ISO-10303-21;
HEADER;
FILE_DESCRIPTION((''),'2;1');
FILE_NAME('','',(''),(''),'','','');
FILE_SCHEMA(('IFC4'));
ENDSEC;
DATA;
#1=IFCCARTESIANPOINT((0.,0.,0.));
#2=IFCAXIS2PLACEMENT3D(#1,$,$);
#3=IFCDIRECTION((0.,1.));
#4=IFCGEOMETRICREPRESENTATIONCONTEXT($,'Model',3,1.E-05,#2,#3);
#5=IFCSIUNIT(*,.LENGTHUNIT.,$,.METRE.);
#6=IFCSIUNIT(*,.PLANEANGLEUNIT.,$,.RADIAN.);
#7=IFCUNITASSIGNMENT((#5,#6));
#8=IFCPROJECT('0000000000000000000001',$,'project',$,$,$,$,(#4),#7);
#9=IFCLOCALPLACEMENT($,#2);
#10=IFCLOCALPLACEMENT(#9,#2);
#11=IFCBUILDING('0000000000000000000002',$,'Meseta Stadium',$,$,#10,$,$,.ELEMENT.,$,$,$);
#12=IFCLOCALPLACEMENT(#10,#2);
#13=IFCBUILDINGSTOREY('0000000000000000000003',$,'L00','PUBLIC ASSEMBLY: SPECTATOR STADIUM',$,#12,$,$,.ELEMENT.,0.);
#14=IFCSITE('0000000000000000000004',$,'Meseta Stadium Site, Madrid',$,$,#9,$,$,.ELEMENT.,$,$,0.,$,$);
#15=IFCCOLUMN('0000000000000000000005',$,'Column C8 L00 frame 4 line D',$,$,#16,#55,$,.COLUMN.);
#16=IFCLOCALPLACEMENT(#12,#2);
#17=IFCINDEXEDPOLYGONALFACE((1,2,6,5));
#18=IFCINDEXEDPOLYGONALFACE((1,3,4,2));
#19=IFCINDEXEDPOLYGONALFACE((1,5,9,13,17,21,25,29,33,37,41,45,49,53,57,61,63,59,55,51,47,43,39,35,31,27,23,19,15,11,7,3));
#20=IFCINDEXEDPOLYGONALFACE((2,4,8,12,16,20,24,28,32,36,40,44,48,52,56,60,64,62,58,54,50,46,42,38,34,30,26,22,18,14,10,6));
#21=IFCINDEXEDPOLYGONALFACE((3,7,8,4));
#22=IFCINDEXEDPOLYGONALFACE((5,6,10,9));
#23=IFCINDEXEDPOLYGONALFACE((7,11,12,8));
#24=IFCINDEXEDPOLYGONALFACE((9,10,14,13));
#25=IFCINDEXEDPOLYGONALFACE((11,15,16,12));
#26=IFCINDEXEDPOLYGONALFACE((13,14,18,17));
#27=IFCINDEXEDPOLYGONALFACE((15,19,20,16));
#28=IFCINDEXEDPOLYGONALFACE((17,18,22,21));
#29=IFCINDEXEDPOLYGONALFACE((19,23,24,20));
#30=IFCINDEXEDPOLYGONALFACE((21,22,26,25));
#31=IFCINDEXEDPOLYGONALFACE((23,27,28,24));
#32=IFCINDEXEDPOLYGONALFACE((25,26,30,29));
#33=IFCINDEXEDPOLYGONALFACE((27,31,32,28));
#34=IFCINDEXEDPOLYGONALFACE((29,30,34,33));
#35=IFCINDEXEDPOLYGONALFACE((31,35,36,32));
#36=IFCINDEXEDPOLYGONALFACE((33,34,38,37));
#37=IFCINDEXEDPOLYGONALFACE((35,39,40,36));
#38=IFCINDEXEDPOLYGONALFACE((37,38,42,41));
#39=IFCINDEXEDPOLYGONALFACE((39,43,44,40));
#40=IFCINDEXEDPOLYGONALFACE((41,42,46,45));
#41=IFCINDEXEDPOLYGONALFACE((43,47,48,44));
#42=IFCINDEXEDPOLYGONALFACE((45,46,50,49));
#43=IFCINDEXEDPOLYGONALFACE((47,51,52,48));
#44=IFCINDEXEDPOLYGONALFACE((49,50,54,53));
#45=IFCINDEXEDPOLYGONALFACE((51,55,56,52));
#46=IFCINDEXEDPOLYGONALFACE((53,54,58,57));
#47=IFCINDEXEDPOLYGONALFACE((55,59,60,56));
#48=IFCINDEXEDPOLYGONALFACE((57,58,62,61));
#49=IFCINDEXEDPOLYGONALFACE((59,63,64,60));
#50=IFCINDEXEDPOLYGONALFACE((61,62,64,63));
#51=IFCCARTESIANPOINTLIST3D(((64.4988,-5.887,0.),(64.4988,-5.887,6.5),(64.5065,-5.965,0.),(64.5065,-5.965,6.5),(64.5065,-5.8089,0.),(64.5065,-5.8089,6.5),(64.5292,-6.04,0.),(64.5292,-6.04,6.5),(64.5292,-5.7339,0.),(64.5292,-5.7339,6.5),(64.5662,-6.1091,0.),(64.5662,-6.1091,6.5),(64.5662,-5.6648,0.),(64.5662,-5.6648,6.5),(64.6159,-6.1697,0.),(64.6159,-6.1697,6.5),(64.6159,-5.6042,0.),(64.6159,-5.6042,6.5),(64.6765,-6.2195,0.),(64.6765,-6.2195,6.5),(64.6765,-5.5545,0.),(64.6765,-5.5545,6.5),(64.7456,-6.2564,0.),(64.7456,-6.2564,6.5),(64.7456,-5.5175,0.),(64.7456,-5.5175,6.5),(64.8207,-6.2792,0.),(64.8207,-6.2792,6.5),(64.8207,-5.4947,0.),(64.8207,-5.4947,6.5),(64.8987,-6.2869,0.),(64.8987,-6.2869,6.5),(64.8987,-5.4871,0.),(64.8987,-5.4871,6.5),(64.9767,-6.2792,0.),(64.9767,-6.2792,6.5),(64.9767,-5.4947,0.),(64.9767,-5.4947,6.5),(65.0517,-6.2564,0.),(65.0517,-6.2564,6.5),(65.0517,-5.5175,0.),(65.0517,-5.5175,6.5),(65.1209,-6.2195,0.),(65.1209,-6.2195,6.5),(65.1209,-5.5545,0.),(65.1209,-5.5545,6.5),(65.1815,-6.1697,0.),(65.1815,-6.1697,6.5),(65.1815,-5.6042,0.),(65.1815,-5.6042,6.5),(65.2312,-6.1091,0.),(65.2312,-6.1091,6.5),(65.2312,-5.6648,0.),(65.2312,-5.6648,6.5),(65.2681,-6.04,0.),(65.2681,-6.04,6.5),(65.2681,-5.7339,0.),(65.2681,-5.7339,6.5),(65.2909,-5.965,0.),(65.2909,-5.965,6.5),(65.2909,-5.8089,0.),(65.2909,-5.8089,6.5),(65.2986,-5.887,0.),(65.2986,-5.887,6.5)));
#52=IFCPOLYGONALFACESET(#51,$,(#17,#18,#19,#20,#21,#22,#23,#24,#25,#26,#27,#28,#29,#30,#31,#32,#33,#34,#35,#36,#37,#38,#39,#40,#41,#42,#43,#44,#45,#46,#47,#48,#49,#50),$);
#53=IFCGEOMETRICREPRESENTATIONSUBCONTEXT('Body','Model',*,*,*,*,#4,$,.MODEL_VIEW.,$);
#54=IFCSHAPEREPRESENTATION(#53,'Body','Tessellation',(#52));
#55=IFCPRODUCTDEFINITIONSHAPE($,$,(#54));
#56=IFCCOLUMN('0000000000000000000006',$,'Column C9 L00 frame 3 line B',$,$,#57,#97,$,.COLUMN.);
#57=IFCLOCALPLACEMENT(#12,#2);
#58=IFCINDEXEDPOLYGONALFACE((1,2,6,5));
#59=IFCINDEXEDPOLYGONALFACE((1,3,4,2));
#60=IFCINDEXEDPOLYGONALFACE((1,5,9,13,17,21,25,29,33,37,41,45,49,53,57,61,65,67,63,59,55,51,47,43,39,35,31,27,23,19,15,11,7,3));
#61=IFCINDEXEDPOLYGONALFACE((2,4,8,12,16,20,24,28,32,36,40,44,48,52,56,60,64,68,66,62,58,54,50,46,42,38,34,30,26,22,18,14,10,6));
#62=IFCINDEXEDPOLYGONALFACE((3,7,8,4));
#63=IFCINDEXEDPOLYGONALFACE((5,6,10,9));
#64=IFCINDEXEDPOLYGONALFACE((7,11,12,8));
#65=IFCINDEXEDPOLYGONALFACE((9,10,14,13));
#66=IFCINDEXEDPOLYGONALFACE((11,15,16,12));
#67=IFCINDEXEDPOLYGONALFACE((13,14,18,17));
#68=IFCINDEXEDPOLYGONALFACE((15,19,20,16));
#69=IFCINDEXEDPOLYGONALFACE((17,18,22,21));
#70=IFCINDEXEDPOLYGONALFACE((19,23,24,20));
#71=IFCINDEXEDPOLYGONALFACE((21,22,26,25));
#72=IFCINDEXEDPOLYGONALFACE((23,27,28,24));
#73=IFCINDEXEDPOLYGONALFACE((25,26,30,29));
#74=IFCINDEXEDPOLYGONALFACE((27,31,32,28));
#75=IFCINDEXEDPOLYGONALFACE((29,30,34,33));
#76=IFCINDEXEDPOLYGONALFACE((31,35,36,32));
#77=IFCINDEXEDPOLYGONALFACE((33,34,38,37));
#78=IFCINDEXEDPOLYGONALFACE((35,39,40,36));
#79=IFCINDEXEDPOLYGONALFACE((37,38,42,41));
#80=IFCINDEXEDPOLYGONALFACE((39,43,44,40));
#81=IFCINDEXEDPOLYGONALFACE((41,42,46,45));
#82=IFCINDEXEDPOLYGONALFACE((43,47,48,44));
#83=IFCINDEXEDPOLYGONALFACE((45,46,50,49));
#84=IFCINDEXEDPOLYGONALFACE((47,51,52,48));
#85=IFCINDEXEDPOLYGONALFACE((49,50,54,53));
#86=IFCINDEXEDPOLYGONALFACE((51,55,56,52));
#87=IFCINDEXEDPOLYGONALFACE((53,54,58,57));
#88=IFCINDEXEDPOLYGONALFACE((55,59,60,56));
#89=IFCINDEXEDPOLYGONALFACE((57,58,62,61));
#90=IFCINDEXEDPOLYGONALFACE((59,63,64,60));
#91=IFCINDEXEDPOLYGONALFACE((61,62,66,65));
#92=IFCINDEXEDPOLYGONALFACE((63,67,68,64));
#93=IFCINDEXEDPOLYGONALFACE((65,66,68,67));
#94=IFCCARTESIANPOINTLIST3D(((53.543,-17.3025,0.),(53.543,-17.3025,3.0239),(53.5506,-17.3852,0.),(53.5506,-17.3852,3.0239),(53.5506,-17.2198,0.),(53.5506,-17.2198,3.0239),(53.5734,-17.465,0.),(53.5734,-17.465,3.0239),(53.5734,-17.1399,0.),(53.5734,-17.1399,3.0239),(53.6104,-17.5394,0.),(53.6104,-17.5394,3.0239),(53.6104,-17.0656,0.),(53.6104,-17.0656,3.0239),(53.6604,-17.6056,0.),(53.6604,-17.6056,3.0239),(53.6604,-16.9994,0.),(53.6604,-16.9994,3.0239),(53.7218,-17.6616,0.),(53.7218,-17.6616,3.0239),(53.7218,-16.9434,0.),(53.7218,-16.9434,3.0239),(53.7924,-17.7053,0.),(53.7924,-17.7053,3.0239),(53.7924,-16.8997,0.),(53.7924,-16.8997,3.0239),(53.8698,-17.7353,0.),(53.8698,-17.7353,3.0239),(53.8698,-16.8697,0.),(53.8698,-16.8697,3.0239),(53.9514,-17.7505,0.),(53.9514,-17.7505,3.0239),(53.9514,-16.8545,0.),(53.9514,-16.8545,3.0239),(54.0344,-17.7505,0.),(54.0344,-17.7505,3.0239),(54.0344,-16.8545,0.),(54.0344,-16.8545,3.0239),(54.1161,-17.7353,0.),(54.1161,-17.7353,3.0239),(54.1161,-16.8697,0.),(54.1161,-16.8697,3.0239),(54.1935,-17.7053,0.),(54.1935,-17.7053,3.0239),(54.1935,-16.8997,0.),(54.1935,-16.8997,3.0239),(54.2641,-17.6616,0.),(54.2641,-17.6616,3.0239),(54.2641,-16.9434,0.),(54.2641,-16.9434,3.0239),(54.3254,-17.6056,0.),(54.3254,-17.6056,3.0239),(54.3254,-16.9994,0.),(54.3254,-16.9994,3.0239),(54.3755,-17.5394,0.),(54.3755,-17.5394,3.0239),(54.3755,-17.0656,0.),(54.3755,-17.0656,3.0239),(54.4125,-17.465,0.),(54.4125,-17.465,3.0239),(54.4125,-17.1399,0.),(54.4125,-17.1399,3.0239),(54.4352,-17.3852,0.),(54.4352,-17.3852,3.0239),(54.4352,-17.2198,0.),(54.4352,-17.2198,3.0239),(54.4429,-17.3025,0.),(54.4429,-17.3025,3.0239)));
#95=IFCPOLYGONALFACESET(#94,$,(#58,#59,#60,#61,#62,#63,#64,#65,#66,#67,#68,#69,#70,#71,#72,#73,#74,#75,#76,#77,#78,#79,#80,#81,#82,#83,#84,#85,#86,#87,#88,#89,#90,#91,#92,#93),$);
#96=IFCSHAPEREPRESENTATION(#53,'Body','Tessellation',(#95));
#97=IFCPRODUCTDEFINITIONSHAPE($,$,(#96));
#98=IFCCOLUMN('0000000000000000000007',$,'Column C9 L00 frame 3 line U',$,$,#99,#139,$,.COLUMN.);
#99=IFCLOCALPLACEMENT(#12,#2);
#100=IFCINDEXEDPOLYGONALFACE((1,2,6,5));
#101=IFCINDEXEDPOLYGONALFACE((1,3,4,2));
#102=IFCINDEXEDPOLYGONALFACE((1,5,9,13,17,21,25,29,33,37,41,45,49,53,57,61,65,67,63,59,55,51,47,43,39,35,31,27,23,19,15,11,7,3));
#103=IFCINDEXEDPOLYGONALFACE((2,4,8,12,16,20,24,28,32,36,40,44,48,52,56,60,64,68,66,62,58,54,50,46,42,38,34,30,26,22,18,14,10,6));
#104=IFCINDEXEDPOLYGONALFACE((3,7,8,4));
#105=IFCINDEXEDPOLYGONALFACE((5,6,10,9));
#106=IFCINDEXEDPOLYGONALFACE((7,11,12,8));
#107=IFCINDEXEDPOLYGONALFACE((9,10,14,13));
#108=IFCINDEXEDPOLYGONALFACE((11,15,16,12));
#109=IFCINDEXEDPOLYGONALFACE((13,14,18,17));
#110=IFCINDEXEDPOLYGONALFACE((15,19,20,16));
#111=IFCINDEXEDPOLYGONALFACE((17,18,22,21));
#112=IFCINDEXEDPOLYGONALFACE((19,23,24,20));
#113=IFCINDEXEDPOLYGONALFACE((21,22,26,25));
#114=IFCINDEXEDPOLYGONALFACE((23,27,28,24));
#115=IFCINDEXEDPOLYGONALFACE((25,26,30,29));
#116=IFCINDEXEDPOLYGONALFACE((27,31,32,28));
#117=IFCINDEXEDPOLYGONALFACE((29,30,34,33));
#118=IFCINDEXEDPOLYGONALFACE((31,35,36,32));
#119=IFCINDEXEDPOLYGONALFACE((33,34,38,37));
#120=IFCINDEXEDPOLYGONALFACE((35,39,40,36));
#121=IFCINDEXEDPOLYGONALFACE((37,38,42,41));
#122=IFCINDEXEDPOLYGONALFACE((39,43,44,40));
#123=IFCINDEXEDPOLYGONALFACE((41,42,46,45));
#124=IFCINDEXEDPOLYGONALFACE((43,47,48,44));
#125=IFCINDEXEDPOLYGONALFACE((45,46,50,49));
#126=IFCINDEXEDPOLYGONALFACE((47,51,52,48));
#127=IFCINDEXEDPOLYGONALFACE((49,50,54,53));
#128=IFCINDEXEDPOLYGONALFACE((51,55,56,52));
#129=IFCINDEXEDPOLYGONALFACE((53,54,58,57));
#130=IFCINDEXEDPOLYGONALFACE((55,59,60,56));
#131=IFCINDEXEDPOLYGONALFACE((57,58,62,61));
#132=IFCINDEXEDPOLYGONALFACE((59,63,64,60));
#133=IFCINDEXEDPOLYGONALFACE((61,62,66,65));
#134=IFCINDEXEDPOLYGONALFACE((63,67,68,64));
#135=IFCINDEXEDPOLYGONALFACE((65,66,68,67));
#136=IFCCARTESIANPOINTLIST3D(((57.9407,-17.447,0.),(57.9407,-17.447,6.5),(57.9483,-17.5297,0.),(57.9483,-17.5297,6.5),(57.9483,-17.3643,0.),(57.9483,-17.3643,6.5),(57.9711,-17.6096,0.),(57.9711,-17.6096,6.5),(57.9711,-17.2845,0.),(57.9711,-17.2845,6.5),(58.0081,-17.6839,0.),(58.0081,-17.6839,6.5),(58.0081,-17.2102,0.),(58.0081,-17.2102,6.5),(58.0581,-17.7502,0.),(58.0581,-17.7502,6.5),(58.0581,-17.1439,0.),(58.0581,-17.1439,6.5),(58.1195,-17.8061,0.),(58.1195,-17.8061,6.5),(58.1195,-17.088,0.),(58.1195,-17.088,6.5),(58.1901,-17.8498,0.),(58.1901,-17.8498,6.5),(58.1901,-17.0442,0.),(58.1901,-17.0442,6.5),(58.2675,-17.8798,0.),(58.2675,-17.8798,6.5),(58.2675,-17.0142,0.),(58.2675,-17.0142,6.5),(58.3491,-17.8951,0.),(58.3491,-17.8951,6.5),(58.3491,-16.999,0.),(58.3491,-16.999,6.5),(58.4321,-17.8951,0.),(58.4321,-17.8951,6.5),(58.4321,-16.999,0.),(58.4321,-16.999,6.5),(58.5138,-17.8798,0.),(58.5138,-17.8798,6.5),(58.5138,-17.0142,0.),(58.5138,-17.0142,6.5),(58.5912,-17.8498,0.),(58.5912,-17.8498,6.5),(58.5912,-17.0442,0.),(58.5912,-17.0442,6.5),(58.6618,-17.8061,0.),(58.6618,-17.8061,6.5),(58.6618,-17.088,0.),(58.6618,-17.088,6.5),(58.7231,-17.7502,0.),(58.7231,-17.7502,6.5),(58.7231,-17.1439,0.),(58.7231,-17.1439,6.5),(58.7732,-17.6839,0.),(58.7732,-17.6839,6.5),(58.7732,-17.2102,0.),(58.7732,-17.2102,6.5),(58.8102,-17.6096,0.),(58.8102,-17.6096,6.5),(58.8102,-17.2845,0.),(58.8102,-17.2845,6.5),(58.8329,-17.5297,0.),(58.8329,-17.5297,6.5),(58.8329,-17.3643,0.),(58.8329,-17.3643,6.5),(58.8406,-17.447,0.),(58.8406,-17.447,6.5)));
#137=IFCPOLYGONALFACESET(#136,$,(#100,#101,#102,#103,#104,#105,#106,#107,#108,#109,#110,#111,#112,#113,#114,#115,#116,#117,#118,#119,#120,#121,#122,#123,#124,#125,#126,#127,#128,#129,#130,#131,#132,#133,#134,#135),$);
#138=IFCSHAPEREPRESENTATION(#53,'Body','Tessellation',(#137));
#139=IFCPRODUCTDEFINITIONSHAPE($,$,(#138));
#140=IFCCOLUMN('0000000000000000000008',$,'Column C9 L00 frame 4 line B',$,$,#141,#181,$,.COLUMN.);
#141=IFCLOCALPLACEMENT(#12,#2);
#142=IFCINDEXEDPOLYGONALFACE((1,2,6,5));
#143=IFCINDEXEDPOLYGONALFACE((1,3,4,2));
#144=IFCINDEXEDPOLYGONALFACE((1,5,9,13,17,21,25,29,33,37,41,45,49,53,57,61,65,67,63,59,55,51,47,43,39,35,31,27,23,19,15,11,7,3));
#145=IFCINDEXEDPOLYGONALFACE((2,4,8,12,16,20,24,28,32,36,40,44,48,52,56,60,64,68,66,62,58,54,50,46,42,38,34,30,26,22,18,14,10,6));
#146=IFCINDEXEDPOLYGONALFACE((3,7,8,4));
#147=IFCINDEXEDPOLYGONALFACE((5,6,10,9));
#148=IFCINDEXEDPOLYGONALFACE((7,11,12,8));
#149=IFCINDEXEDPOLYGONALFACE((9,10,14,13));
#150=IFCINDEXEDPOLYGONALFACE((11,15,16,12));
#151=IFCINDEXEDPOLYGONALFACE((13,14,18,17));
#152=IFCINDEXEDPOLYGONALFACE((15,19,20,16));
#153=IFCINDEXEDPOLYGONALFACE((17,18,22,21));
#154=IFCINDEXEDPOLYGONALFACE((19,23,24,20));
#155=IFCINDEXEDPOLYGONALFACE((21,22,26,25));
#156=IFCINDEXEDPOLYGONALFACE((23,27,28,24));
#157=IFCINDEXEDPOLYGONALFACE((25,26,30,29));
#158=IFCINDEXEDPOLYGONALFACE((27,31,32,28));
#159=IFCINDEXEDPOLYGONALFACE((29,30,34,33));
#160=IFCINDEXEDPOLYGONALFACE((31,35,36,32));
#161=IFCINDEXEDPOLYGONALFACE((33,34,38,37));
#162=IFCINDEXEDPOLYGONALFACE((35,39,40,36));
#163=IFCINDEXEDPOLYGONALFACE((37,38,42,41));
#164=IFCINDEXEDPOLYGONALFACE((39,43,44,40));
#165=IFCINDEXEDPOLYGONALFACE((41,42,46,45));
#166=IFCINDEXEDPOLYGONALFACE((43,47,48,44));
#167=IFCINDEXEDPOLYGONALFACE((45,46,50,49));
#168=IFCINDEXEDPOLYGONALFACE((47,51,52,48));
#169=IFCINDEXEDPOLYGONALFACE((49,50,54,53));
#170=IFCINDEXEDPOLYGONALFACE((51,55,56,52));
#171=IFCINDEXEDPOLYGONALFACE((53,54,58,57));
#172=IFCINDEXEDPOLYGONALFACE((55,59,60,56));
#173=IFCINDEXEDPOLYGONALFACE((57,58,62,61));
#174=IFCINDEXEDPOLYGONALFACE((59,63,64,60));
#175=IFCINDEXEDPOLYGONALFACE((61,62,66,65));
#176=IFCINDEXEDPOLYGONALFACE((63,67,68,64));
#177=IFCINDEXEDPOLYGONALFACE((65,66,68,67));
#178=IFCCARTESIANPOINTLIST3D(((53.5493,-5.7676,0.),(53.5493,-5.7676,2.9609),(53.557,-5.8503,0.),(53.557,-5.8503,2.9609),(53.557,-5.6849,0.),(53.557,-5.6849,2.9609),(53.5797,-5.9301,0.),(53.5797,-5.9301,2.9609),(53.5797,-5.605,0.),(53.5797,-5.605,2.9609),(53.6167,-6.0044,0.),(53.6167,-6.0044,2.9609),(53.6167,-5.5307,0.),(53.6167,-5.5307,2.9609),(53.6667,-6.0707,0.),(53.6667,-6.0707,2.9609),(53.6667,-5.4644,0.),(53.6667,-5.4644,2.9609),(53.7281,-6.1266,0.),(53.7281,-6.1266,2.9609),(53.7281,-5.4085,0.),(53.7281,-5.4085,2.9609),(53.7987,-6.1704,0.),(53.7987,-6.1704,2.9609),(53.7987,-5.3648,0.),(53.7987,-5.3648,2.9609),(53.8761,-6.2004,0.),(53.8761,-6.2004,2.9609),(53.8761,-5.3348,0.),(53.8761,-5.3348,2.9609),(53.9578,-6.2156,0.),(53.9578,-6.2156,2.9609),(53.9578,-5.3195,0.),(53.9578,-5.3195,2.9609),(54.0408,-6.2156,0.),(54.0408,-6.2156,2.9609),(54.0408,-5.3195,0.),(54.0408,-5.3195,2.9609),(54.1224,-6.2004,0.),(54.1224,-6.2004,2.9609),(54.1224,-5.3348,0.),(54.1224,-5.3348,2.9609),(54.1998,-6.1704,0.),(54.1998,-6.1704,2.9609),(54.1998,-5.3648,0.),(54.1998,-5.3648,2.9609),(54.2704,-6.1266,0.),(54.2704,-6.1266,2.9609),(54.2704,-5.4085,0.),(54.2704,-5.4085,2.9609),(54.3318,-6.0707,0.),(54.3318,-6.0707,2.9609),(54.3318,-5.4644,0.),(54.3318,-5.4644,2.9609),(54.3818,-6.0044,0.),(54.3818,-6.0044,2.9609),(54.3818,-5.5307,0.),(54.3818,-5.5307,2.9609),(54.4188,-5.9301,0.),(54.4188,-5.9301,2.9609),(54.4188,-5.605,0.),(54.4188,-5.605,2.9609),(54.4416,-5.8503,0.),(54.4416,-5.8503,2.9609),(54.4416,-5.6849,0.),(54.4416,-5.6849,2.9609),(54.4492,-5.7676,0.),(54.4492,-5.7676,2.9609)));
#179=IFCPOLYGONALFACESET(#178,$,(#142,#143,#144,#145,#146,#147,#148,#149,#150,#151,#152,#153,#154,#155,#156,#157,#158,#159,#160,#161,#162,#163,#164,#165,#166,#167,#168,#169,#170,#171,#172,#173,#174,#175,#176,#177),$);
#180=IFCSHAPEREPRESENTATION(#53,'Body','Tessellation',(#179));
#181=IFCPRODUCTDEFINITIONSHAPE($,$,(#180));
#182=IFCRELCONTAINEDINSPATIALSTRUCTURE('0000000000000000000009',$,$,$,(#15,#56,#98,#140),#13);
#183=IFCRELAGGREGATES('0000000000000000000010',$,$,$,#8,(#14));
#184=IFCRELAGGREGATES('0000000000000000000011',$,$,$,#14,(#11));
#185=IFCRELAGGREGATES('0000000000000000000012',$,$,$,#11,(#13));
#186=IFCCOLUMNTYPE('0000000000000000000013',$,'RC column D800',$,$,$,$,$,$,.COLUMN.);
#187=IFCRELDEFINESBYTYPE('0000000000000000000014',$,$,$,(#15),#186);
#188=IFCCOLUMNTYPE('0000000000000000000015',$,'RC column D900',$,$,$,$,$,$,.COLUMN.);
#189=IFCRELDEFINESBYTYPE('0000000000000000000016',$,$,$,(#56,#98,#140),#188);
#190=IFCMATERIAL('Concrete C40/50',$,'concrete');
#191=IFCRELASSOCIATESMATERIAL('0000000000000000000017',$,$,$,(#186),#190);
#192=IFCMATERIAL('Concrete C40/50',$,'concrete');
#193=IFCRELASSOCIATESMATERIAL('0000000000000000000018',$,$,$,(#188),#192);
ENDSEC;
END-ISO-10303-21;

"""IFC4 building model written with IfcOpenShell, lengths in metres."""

from ifc_helpers import new_model, si_unit, direction, frame, origin, origin_2d, place, context, subcontext, project, spatial, circle, extrude, material, material_profile, profile_set, type_object, element, save


model = new_model("IFC4")

# Units and contexts
model_context = context("Model", 3, precision=1e-05, world=origin(), true_north=direction((0.0, 1.0)))
body_context = subcontext(model_context, "Body", "Model", "MODEL_VIEW")
ifc_project = project(units=[si_unit("LENGTHUNIT", "METRE"), si_unit("PLANEANGLEUNIT", "RADIAN")], contexts=[model_context])

# Site, building, storey
site_placement = place(None, origin())
site = spatial("IfcSite", under=ifc_project, at=site_placement, Name="Meseta Stadium Site, Madrid", CompositionType="ELEMENT", RefElevation=0.0)
building_placement = place(site_placement, origin())
building = spatial("IfcBuilding", under=site, at=building_placement, Name="Meseta Stadium", CompositionType="ELEMENT")
storey_placement = place(building_placement, origin())
storey = spatial("IfcBuildingStorey", under=building, at=storey_placement, Name="L00", Description="PUBLIC ASSEMBLY: SPECTATOR STADIUM", CompositionType="ELEMENT", Elevation=0.0)

# Columns
ifc_material_1 = material(Name="Concrete C40/50", Category="concrete")
ifc_material_profile_1 = material_profile(ifc_material_1, circle(Radius=0.3999, at=origin_2d()), Name="RC D800")
ifc_profile_set_1 = profile_set([ifc_material_profile_1], Name="Concrete C40/50")
column_type_1 = type_object("IfcColumnType", Name="RC column D800", PredefinedType="COLUMN", material=ifc_profile_set_1)
column_1_placement = place(storey_placement, frame((64.8987, -5.887, 0.0), z_axis=(0.0, 0.0, 1.0), x_axis=(1.0, 0.0, 0.0)))
element("IfcColumn", 1, at=column_1_placement, inside=storey, type_object=column_type_1, Name="Column C8 L00 frame 4 line D", PredefinedType="COLUMN", context=body_context, shape_type="SweptSolid", body=[
    extrude(circle(Radius=0.3999, at=origin_2d()), origin(), (0.0, 0.0, 1.0), 6.5),
])
ifc_material_2 = material(Name="Concrete C40/50", Category="concrete")
ifc_material_profile_2 = material_profile(ifc_material_2, circle(Radius=0.45, at=origin_2d()), Name="RC D900")
ifc_profile_set_2 = profile_set([ifc_material_profile_2], Name="Concrete C40/50")
column_type_2 = type_object("IfcColumnType", Name="RC column D900", PredefinedType="COLUMN", material=ifc_profile_set_2)
column_2_placement = place(storey_placement, frame((53.9929, -17.3025, 0.0), z_axis=(0.0, 0.0, 1.0), x_axis=(1.0, 0.0, 0.0)))
element("IfcColumn", 2, at=column_2_placement, inside=storey, type_object=column_type_2, Name="Column C9 L00 frame 3 line B", PredefinedType="COLUMN", context=body_context, shape_type="SweptSolid", body=[
    extrude(circle(Radius=0.45, at=origin_2d()), origin(), (0.0, 0.0, 1.0), 3.0239),
])
column_3_placement = place(storey_placement, frame((58.3906, -17.447, 0.0), z_axis=(0.0, 0.0, 1.0), x_axis=(1.0, 0.0, 0.0)))
element("IfcColumn", 3, at=column_3_placement, inside=storey, type_object=column_type_2, Name="Column C9 L00 frame 3 line U", PredefinedType="COLUMN", context=body_context, shape_type="SweptSolid", body=[
    extrude(circle(Radius=0.45, at=origin_2d()), origin(), (0.0, 0.0, 1.0), 6.5),
])
column_4_placement = place(storey_placement, frame((53.9993, -5.7676, 0.0), z_axis=(0.0, 0.0, 1.0), x_axis=(1.0, 0.0, 0.0)))
element("IfcColumn", 4, at=column_4_placement, inside=storey, type_object=column_type_2, Name="Column C9 L00 frame 4 line B", PredefinedType="COLUMN", context=body_context, shape_type="SweptSolid", body=[
    extrude(circle(Radius=0.45, at=origin_2d()), origin(), (0.0, 0.0, 1.0), 2.9609),
])

save(model, "model.ifc")
